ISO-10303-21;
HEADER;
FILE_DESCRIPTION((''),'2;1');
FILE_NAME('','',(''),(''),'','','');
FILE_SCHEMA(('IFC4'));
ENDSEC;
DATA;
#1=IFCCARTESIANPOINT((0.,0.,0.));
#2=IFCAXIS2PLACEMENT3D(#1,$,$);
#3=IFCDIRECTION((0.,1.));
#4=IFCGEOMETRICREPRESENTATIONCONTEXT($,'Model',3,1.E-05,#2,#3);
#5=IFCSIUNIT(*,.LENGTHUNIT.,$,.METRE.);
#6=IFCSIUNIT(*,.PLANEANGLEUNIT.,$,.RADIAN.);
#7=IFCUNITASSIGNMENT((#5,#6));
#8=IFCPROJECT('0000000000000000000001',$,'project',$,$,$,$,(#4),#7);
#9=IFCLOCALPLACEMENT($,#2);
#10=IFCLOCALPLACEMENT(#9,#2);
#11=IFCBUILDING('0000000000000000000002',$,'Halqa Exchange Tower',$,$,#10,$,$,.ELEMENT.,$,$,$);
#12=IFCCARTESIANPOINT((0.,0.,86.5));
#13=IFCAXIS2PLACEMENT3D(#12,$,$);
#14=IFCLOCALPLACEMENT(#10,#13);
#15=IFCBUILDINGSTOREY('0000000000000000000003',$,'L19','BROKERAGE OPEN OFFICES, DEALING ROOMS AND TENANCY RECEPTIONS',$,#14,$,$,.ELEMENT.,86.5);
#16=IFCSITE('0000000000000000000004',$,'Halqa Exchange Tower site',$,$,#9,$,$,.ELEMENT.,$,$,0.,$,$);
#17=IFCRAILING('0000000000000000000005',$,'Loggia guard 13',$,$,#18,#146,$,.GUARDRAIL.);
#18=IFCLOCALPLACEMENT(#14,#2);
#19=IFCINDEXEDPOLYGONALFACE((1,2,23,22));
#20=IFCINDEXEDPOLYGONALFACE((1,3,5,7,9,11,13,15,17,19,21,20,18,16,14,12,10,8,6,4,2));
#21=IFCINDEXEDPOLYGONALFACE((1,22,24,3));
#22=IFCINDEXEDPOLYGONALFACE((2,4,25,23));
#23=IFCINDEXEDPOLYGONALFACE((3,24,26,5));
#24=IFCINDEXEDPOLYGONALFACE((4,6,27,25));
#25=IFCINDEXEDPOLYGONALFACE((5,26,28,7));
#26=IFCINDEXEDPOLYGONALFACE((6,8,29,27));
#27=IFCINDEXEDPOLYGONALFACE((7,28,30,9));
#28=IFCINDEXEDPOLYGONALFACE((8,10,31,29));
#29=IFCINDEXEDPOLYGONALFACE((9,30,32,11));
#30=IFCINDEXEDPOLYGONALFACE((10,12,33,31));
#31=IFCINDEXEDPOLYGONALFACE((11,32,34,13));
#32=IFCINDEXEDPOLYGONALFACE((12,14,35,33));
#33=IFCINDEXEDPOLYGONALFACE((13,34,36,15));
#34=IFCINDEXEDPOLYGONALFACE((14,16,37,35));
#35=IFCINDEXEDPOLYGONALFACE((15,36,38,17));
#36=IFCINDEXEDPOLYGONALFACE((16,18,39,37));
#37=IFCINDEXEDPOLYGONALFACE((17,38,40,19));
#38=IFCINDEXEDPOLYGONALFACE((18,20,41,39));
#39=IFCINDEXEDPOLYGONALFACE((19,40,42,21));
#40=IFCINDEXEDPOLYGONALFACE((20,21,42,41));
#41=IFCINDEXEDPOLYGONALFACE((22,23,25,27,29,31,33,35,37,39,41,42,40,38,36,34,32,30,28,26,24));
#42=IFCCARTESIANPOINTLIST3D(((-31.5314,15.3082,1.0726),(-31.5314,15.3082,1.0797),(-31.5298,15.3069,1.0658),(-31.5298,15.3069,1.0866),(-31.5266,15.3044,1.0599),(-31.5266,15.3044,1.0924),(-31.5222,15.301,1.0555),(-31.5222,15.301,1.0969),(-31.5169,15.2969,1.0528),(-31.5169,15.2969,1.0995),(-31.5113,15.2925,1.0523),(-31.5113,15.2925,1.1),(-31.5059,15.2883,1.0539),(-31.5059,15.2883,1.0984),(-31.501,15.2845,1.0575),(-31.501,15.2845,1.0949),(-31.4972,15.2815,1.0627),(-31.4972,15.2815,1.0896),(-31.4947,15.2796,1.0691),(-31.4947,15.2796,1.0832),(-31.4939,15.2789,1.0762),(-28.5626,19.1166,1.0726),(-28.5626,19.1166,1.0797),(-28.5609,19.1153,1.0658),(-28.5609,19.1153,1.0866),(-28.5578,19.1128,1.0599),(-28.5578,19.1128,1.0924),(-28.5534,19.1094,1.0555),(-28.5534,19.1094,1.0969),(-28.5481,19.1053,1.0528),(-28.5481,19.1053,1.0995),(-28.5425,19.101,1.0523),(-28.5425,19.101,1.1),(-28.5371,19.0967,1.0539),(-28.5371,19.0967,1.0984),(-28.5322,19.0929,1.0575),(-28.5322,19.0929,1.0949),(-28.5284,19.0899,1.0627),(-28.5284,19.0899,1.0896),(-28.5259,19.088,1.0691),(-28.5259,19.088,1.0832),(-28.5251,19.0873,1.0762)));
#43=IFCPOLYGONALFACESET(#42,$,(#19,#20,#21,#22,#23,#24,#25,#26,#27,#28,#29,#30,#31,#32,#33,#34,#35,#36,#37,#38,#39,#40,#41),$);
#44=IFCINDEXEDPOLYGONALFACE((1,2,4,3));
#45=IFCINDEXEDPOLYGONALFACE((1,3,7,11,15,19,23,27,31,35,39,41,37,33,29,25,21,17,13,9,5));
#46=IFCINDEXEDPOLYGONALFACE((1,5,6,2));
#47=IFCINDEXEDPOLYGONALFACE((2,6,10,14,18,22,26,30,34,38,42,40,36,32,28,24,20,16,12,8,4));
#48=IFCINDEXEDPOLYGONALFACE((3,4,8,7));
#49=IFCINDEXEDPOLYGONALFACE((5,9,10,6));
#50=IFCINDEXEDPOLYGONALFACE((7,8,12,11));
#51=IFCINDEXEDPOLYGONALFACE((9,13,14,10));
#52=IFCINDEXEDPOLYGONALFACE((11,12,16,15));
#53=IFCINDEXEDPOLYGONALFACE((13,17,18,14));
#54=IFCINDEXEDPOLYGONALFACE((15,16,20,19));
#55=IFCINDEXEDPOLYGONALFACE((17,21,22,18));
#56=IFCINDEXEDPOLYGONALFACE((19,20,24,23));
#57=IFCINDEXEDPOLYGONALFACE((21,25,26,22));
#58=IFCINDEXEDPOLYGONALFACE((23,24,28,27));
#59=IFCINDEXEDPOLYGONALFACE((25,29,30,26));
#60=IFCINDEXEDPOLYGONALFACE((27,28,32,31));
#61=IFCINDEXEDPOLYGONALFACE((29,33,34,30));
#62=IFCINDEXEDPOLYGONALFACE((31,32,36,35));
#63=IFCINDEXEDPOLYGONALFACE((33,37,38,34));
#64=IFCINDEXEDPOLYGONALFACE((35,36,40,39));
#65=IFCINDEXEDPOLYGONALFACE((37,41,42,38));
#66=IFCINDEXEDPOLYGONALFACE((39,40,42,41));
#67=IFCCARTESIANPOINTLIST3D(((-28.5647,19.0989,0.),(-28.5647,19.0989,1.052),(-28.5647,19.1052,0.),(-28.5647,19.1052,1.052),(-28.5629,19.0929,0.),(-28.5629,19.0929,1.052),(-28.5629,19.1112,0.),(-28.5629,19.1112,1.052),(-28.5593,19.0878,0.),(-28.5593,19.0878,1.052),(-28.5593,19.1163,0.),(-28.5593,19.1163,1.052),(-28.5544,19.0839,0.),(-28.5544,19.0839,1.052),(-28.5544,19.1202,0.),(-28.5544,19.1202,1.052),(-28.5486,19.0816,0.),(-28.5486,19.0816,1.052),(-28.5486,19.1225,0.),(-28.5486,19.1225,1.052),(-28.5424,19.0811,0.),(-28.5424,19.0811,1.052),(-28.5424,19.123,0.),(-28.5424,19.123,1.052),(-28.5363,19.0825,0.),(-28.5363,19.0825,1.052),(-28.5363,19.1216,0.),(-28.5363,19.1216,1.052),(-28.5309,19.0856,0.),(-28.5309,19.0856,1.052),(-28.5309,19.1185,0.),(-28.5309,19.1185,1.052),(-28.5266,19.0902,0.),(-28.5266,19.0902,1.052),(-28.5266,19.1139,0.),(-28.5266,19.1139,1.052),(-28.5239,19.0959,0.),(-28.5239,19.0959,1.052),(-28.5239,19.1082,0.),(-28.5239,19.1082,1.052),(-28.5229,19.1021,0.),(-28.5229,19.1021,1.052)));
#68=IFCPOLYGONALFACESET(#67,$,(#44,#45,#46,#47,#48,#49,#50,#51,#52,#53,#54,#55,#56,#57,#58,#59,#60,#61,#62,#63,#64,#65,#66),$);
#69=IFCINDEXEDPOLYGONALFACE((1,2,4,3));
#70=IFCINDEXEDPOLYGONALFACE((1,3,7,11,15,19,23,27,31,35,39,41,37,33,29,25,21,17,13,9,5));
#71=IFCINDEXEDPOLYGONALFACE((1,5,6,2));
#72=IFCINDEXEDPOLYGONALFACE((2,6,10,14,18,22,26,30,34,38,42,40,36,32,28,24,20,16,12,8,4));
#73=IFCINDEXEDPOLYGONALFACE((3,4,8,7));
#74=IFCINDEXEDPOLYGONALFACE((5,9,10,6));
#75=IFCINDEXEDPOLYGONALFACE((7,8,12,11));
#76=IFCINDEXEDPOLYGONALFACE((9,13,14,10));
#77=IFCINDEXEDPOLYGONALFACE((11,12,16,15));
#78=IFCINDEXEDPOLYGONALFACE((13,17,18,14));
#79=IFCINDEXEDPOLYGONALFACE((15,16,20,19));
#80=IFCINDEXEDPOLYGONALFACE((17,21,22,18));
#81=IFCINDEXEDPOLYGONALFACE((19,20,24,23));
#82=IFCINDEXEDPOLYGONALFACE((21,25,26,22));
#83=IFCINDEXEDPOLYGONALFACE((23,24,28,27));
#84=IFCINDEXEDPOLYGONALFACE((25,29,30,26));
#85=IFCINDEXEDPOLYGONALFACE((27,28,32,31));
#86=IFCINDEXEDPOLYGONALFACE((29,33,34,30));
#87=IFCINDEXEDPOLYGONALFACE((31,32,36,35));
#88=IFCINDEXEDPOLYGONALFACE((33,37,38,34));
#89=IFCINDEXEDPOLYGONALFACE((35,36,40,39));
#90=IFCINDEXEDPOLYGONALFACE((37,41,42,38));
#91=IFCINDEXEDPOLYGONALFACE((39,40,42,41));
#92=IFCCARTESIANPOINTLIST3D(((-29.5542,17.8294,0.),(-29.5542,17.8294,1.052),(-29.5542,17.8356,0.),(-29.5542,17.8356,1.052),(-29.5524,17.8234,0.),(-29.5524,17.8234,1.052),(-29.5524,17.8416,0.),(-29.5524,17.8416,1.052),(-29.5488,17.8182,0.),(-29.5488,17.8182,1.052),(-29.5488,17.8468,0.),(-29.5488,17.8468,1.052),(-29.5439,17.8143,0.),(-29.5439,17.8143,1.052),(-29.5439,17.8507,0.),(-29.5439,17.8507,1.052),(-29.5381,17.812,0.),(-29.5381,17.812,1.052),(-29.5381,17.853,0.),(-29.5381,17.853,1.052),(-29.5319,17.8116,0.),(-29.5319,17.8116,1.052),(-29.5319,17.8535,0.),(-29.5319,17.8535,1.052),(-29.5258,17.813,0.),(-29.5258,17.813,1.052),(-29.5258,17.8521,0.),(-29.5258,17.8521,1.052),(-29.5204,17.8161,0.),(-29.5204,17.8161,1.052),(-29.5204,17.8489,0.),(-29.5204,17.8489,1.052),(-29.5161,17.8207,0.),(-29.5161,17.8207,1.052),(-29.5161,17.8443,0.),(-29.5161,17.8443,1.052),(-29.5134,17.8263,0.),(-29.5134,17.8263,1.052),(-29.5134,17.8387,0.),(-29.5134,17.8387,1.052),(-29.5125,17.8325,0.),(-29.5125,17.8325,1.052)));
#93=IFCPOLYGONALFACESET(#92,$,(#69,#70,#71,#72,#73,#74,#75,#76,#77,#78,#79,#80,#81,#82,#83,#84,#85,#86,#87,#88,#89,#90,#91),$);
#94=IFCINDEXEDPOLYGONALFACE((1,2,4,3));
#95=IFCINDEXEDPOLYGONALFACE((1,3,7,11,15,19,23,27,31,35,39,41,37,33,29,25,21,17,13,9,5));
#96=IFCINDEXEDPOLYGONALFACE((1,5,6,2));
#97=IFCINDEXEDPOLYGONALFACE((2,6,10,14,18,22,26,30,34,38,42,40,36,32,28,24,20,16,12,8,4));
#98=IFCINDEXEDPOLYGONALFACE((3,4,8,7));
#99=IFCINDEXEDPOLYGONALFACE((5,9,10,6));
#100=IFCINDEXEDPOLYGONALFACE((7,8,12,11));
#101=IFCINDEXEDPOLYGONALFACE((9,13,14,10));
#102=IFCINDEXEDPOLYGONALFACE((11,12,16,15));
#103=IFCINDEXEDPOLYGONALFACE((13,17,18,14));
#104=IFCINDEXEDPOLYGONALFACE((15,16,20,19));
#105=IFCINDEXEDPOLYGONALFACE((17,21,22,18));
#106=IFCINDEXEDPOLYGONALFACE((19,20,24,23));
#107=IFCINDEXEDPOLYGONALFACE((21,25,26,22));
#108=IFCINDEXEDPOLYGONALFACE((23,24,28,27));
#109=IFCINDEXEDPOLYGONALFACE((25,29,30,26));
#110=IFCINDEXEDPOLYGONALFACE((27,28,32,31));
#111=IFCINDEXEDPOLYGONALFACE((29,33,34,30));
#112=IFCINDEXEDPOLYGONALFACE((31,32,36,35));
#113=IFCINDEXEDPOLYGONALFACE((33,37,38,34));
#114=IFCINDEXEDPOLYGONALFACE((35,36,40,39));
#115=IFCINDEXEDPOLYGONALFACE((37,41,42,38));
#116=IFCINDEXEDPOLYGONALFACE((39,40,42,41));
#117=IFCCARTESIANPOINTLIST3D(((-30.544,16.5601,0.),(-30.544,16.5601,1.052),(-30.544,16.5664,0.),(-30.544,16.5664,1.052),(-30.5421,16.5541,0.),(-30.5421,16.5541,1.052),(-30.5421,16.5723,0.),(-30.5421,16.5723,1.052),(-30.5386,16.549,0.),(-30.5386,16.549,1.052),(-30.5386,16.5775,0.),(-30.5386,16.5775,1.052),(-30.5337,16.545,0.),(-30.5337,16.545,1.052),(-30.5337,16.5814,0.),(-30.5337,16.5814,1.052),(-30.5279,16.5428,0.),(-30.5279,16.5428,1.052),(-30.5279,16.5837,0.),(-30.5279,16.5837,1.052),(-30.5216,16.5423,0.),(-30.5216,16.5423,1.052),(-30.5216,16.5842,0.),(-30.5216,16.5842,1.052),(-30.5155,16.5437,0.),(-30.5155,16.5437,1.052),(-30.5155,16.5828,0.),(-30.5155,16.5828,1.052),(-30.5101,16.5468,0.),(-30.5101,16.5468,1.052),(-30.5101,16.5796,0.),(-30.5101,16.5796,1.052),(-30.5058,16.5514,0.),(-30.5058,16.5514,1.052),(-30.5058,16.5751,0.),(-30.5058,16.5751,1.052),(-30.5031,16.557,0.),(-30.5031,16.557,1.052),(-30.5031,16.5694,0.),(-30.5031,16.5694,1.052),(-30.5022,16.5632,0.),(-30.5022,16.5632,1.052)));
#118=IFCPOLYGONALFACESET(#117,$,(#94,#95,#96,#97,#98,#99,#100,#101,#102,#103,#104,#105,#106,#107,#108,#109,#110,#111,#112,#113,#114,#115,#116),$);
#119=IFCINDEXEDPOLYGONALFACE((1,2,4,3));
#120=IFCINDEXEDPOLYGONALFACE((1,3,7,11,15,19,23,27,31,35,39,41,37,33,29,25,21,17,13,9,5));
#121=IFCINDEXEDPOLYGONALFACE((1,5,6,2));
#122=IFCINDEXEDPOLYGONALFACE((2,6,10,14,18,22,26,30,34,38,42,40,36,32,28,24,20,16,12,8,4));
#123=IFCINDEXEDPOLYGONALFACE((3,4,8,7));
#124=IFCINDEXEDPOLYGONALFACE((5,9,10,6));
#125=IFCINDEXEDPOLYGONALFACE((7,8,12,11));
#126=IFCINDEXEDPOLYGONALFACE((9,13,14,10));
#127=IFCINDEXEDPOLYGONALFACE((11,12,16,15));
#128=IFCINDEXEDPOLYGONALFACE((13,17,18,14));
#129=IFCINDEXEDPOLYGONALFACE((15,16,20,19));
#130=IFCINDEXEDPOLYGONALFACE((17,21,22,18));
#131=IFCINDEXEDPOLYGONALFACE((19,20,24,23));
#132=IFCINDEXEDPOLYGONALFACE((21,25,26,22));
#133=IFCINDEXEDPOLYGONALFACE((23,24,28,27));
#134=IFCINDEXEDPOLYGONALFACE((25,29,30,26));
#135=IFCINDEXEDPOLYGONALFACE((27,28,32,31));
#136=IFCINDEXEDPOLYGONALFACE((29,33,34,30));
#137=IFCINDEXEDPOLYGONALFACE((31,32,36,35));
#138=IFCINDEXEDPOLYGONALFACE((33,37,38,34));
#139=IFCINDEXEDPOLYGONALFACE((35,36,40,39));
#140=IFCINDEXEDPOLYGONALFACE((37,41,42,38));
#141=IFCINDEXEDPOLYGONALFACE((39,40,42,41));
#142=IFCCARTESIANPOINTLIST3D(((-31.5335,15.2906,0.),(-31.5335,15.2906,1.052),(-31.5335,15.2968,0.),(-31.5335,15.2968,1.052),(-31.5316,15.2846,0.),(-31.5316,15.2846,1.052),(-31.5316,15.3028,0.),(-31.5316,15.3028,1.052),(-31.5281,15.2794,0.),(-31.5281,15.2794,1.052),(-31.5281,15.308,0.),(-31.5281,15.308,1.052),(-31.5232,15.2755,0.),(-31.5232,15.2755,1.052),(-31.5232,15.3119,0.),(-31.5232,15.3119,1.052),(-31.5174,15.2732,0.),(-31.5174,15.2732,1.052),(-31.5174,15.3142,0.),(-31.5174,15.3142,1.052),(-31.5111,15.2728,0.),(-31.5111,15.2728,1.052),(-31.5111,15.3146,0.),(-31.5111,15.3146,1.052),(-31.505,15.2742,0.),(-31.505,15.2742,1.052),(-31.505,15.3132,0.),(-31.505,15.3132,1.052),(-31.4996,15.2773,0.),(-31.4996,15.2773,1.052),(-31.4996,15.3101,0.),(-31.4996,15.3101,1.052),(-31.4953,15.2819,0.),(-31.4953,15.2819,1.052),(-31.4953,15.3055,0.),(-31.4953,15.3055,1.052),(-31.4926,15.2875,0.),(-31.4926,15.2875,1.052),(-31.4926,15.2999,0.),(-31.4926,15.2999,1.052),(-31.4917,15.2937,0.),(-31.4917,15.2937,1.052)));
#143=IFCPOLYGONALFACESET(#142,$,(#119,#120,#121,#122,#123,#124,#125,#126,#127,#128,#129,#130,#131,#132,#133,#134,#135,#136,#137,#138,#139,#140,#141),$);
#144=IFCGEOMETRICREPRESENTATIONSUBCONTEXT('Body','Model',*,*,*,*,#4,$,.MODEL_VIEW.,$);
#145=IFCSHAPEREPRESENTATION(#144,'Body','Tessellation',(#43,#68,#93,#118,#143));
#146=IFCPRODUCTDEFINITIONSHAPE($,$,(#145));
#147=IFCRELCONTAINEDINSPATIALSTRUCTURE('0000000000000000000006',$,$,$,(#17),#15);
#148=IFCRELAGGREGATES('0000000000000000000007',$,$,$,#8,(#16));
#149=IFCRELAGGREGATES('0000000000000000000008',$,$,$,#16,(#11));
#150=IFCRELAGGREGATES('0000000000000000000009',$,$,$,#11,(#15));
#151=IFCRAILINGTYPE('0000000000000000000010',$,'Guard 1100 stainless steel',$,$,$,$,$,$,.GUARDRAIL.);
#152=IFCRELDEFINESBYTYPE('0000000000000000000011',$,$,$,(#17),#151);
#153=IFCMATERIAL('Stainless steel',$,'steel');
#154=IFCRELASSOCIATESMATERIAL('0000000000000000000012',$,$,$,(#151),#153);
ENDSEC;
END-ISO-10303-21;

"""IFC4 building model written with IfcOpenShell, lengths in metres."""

from ifc_helpers import new_model, si_unit, direction, frame, origin, origin_2d, place, context, subcontext, project, spatial, circle, extrude, material, type_object, element, save


model = new_model("IFC4")

# Units and contexts
model_context = context("Model", 3, precision=1e-05, world=origin(), true_north=direction((0.0, 1.0)))
body_context = subcontext(model_context, "Body", "Model", "MODEL_VIEW")
ifc_project = project(units=[si_unit("LENGTHUNIT", "METRE"), si_unit("PLANEANGLEUNIT", "RADIAN")], contexts=[model_context])

# Site, building, storey
site_placement = place(None, origin())
site = spatial("IfcSite", under=ifc_project, at=site_placement, Name="Halqa Exchange Tower site", CompositionType="ELEMENT", RefElevation=0.0)
building_placement = place(site_placement, origin())
building = spatial("IfcBuilding", under=site, at=building_placement, Name="Halqa Exchange Tower", CompositionType="ELEMENT")
storey_placement = place(building_placement, frame((0.0, 0.0, 86.5)))
storey = spatial("IfcBuildingStorey", under=building, at=storey_placement, Name="L19", Description="BROKERAGE OPEN OFFICES, DEALING ROOMS AND TENANCY RECEPTIONS", CompositionType="ELEMENT", Elevation=86.5)

# Railing
ifc_material_1 = material(Name="Stainless steel", Category="steel")
railing_type = type_object("IfcRailingType", Name="Guard 1100 stainless steel", PredefinedType="GUARDRAIL", material=ifc_material_1)
railing_1_placement = place(storey_placement, frame((-28.5439, 19.1021, 0.0)))
element("IfcRailing", 1, at=railing_1_placement, inside=storey, type_object=railing_type, Name="Loggia guard 13", PredefinedType="GUARDRAIL", context=body_context, shape_type="SweptSolid", body=[
    extrude(circle(Radius=0.0239, at=origin_2d()), frame((0.0, 0.0, 1.0762), z_axis=(-0.614805, -0.788679, 0.0), x_axis=(0.788679, -0.614805, 0.0)), (0.0, 0.0, 1.0), 4.8289),
    extrude(circle(Radius=0.021, at=origin_2d()), origin(), (0.0, 0.0, 1.0), 1.052),
    extrude(circle(Radius=0.021, at=origin_2d()), frame((-0.9895, -1.2695, 0.0)), (0.0, 0.0, 1.0), 1.052),
    extrude(circle(Radius=0.021, at=origin_2d()), frame((-1.9792, -2.5388, 0.0)), (0.0, 0.0, 1.0), 1.052),
    extrude(circle(Radius=0.021, at=origin_2d()), frame((-2.9688, -3.8083, 0.0)), (0.0, 0.0, 1.0), 1.052),
])

save(model, "model.ifc")
